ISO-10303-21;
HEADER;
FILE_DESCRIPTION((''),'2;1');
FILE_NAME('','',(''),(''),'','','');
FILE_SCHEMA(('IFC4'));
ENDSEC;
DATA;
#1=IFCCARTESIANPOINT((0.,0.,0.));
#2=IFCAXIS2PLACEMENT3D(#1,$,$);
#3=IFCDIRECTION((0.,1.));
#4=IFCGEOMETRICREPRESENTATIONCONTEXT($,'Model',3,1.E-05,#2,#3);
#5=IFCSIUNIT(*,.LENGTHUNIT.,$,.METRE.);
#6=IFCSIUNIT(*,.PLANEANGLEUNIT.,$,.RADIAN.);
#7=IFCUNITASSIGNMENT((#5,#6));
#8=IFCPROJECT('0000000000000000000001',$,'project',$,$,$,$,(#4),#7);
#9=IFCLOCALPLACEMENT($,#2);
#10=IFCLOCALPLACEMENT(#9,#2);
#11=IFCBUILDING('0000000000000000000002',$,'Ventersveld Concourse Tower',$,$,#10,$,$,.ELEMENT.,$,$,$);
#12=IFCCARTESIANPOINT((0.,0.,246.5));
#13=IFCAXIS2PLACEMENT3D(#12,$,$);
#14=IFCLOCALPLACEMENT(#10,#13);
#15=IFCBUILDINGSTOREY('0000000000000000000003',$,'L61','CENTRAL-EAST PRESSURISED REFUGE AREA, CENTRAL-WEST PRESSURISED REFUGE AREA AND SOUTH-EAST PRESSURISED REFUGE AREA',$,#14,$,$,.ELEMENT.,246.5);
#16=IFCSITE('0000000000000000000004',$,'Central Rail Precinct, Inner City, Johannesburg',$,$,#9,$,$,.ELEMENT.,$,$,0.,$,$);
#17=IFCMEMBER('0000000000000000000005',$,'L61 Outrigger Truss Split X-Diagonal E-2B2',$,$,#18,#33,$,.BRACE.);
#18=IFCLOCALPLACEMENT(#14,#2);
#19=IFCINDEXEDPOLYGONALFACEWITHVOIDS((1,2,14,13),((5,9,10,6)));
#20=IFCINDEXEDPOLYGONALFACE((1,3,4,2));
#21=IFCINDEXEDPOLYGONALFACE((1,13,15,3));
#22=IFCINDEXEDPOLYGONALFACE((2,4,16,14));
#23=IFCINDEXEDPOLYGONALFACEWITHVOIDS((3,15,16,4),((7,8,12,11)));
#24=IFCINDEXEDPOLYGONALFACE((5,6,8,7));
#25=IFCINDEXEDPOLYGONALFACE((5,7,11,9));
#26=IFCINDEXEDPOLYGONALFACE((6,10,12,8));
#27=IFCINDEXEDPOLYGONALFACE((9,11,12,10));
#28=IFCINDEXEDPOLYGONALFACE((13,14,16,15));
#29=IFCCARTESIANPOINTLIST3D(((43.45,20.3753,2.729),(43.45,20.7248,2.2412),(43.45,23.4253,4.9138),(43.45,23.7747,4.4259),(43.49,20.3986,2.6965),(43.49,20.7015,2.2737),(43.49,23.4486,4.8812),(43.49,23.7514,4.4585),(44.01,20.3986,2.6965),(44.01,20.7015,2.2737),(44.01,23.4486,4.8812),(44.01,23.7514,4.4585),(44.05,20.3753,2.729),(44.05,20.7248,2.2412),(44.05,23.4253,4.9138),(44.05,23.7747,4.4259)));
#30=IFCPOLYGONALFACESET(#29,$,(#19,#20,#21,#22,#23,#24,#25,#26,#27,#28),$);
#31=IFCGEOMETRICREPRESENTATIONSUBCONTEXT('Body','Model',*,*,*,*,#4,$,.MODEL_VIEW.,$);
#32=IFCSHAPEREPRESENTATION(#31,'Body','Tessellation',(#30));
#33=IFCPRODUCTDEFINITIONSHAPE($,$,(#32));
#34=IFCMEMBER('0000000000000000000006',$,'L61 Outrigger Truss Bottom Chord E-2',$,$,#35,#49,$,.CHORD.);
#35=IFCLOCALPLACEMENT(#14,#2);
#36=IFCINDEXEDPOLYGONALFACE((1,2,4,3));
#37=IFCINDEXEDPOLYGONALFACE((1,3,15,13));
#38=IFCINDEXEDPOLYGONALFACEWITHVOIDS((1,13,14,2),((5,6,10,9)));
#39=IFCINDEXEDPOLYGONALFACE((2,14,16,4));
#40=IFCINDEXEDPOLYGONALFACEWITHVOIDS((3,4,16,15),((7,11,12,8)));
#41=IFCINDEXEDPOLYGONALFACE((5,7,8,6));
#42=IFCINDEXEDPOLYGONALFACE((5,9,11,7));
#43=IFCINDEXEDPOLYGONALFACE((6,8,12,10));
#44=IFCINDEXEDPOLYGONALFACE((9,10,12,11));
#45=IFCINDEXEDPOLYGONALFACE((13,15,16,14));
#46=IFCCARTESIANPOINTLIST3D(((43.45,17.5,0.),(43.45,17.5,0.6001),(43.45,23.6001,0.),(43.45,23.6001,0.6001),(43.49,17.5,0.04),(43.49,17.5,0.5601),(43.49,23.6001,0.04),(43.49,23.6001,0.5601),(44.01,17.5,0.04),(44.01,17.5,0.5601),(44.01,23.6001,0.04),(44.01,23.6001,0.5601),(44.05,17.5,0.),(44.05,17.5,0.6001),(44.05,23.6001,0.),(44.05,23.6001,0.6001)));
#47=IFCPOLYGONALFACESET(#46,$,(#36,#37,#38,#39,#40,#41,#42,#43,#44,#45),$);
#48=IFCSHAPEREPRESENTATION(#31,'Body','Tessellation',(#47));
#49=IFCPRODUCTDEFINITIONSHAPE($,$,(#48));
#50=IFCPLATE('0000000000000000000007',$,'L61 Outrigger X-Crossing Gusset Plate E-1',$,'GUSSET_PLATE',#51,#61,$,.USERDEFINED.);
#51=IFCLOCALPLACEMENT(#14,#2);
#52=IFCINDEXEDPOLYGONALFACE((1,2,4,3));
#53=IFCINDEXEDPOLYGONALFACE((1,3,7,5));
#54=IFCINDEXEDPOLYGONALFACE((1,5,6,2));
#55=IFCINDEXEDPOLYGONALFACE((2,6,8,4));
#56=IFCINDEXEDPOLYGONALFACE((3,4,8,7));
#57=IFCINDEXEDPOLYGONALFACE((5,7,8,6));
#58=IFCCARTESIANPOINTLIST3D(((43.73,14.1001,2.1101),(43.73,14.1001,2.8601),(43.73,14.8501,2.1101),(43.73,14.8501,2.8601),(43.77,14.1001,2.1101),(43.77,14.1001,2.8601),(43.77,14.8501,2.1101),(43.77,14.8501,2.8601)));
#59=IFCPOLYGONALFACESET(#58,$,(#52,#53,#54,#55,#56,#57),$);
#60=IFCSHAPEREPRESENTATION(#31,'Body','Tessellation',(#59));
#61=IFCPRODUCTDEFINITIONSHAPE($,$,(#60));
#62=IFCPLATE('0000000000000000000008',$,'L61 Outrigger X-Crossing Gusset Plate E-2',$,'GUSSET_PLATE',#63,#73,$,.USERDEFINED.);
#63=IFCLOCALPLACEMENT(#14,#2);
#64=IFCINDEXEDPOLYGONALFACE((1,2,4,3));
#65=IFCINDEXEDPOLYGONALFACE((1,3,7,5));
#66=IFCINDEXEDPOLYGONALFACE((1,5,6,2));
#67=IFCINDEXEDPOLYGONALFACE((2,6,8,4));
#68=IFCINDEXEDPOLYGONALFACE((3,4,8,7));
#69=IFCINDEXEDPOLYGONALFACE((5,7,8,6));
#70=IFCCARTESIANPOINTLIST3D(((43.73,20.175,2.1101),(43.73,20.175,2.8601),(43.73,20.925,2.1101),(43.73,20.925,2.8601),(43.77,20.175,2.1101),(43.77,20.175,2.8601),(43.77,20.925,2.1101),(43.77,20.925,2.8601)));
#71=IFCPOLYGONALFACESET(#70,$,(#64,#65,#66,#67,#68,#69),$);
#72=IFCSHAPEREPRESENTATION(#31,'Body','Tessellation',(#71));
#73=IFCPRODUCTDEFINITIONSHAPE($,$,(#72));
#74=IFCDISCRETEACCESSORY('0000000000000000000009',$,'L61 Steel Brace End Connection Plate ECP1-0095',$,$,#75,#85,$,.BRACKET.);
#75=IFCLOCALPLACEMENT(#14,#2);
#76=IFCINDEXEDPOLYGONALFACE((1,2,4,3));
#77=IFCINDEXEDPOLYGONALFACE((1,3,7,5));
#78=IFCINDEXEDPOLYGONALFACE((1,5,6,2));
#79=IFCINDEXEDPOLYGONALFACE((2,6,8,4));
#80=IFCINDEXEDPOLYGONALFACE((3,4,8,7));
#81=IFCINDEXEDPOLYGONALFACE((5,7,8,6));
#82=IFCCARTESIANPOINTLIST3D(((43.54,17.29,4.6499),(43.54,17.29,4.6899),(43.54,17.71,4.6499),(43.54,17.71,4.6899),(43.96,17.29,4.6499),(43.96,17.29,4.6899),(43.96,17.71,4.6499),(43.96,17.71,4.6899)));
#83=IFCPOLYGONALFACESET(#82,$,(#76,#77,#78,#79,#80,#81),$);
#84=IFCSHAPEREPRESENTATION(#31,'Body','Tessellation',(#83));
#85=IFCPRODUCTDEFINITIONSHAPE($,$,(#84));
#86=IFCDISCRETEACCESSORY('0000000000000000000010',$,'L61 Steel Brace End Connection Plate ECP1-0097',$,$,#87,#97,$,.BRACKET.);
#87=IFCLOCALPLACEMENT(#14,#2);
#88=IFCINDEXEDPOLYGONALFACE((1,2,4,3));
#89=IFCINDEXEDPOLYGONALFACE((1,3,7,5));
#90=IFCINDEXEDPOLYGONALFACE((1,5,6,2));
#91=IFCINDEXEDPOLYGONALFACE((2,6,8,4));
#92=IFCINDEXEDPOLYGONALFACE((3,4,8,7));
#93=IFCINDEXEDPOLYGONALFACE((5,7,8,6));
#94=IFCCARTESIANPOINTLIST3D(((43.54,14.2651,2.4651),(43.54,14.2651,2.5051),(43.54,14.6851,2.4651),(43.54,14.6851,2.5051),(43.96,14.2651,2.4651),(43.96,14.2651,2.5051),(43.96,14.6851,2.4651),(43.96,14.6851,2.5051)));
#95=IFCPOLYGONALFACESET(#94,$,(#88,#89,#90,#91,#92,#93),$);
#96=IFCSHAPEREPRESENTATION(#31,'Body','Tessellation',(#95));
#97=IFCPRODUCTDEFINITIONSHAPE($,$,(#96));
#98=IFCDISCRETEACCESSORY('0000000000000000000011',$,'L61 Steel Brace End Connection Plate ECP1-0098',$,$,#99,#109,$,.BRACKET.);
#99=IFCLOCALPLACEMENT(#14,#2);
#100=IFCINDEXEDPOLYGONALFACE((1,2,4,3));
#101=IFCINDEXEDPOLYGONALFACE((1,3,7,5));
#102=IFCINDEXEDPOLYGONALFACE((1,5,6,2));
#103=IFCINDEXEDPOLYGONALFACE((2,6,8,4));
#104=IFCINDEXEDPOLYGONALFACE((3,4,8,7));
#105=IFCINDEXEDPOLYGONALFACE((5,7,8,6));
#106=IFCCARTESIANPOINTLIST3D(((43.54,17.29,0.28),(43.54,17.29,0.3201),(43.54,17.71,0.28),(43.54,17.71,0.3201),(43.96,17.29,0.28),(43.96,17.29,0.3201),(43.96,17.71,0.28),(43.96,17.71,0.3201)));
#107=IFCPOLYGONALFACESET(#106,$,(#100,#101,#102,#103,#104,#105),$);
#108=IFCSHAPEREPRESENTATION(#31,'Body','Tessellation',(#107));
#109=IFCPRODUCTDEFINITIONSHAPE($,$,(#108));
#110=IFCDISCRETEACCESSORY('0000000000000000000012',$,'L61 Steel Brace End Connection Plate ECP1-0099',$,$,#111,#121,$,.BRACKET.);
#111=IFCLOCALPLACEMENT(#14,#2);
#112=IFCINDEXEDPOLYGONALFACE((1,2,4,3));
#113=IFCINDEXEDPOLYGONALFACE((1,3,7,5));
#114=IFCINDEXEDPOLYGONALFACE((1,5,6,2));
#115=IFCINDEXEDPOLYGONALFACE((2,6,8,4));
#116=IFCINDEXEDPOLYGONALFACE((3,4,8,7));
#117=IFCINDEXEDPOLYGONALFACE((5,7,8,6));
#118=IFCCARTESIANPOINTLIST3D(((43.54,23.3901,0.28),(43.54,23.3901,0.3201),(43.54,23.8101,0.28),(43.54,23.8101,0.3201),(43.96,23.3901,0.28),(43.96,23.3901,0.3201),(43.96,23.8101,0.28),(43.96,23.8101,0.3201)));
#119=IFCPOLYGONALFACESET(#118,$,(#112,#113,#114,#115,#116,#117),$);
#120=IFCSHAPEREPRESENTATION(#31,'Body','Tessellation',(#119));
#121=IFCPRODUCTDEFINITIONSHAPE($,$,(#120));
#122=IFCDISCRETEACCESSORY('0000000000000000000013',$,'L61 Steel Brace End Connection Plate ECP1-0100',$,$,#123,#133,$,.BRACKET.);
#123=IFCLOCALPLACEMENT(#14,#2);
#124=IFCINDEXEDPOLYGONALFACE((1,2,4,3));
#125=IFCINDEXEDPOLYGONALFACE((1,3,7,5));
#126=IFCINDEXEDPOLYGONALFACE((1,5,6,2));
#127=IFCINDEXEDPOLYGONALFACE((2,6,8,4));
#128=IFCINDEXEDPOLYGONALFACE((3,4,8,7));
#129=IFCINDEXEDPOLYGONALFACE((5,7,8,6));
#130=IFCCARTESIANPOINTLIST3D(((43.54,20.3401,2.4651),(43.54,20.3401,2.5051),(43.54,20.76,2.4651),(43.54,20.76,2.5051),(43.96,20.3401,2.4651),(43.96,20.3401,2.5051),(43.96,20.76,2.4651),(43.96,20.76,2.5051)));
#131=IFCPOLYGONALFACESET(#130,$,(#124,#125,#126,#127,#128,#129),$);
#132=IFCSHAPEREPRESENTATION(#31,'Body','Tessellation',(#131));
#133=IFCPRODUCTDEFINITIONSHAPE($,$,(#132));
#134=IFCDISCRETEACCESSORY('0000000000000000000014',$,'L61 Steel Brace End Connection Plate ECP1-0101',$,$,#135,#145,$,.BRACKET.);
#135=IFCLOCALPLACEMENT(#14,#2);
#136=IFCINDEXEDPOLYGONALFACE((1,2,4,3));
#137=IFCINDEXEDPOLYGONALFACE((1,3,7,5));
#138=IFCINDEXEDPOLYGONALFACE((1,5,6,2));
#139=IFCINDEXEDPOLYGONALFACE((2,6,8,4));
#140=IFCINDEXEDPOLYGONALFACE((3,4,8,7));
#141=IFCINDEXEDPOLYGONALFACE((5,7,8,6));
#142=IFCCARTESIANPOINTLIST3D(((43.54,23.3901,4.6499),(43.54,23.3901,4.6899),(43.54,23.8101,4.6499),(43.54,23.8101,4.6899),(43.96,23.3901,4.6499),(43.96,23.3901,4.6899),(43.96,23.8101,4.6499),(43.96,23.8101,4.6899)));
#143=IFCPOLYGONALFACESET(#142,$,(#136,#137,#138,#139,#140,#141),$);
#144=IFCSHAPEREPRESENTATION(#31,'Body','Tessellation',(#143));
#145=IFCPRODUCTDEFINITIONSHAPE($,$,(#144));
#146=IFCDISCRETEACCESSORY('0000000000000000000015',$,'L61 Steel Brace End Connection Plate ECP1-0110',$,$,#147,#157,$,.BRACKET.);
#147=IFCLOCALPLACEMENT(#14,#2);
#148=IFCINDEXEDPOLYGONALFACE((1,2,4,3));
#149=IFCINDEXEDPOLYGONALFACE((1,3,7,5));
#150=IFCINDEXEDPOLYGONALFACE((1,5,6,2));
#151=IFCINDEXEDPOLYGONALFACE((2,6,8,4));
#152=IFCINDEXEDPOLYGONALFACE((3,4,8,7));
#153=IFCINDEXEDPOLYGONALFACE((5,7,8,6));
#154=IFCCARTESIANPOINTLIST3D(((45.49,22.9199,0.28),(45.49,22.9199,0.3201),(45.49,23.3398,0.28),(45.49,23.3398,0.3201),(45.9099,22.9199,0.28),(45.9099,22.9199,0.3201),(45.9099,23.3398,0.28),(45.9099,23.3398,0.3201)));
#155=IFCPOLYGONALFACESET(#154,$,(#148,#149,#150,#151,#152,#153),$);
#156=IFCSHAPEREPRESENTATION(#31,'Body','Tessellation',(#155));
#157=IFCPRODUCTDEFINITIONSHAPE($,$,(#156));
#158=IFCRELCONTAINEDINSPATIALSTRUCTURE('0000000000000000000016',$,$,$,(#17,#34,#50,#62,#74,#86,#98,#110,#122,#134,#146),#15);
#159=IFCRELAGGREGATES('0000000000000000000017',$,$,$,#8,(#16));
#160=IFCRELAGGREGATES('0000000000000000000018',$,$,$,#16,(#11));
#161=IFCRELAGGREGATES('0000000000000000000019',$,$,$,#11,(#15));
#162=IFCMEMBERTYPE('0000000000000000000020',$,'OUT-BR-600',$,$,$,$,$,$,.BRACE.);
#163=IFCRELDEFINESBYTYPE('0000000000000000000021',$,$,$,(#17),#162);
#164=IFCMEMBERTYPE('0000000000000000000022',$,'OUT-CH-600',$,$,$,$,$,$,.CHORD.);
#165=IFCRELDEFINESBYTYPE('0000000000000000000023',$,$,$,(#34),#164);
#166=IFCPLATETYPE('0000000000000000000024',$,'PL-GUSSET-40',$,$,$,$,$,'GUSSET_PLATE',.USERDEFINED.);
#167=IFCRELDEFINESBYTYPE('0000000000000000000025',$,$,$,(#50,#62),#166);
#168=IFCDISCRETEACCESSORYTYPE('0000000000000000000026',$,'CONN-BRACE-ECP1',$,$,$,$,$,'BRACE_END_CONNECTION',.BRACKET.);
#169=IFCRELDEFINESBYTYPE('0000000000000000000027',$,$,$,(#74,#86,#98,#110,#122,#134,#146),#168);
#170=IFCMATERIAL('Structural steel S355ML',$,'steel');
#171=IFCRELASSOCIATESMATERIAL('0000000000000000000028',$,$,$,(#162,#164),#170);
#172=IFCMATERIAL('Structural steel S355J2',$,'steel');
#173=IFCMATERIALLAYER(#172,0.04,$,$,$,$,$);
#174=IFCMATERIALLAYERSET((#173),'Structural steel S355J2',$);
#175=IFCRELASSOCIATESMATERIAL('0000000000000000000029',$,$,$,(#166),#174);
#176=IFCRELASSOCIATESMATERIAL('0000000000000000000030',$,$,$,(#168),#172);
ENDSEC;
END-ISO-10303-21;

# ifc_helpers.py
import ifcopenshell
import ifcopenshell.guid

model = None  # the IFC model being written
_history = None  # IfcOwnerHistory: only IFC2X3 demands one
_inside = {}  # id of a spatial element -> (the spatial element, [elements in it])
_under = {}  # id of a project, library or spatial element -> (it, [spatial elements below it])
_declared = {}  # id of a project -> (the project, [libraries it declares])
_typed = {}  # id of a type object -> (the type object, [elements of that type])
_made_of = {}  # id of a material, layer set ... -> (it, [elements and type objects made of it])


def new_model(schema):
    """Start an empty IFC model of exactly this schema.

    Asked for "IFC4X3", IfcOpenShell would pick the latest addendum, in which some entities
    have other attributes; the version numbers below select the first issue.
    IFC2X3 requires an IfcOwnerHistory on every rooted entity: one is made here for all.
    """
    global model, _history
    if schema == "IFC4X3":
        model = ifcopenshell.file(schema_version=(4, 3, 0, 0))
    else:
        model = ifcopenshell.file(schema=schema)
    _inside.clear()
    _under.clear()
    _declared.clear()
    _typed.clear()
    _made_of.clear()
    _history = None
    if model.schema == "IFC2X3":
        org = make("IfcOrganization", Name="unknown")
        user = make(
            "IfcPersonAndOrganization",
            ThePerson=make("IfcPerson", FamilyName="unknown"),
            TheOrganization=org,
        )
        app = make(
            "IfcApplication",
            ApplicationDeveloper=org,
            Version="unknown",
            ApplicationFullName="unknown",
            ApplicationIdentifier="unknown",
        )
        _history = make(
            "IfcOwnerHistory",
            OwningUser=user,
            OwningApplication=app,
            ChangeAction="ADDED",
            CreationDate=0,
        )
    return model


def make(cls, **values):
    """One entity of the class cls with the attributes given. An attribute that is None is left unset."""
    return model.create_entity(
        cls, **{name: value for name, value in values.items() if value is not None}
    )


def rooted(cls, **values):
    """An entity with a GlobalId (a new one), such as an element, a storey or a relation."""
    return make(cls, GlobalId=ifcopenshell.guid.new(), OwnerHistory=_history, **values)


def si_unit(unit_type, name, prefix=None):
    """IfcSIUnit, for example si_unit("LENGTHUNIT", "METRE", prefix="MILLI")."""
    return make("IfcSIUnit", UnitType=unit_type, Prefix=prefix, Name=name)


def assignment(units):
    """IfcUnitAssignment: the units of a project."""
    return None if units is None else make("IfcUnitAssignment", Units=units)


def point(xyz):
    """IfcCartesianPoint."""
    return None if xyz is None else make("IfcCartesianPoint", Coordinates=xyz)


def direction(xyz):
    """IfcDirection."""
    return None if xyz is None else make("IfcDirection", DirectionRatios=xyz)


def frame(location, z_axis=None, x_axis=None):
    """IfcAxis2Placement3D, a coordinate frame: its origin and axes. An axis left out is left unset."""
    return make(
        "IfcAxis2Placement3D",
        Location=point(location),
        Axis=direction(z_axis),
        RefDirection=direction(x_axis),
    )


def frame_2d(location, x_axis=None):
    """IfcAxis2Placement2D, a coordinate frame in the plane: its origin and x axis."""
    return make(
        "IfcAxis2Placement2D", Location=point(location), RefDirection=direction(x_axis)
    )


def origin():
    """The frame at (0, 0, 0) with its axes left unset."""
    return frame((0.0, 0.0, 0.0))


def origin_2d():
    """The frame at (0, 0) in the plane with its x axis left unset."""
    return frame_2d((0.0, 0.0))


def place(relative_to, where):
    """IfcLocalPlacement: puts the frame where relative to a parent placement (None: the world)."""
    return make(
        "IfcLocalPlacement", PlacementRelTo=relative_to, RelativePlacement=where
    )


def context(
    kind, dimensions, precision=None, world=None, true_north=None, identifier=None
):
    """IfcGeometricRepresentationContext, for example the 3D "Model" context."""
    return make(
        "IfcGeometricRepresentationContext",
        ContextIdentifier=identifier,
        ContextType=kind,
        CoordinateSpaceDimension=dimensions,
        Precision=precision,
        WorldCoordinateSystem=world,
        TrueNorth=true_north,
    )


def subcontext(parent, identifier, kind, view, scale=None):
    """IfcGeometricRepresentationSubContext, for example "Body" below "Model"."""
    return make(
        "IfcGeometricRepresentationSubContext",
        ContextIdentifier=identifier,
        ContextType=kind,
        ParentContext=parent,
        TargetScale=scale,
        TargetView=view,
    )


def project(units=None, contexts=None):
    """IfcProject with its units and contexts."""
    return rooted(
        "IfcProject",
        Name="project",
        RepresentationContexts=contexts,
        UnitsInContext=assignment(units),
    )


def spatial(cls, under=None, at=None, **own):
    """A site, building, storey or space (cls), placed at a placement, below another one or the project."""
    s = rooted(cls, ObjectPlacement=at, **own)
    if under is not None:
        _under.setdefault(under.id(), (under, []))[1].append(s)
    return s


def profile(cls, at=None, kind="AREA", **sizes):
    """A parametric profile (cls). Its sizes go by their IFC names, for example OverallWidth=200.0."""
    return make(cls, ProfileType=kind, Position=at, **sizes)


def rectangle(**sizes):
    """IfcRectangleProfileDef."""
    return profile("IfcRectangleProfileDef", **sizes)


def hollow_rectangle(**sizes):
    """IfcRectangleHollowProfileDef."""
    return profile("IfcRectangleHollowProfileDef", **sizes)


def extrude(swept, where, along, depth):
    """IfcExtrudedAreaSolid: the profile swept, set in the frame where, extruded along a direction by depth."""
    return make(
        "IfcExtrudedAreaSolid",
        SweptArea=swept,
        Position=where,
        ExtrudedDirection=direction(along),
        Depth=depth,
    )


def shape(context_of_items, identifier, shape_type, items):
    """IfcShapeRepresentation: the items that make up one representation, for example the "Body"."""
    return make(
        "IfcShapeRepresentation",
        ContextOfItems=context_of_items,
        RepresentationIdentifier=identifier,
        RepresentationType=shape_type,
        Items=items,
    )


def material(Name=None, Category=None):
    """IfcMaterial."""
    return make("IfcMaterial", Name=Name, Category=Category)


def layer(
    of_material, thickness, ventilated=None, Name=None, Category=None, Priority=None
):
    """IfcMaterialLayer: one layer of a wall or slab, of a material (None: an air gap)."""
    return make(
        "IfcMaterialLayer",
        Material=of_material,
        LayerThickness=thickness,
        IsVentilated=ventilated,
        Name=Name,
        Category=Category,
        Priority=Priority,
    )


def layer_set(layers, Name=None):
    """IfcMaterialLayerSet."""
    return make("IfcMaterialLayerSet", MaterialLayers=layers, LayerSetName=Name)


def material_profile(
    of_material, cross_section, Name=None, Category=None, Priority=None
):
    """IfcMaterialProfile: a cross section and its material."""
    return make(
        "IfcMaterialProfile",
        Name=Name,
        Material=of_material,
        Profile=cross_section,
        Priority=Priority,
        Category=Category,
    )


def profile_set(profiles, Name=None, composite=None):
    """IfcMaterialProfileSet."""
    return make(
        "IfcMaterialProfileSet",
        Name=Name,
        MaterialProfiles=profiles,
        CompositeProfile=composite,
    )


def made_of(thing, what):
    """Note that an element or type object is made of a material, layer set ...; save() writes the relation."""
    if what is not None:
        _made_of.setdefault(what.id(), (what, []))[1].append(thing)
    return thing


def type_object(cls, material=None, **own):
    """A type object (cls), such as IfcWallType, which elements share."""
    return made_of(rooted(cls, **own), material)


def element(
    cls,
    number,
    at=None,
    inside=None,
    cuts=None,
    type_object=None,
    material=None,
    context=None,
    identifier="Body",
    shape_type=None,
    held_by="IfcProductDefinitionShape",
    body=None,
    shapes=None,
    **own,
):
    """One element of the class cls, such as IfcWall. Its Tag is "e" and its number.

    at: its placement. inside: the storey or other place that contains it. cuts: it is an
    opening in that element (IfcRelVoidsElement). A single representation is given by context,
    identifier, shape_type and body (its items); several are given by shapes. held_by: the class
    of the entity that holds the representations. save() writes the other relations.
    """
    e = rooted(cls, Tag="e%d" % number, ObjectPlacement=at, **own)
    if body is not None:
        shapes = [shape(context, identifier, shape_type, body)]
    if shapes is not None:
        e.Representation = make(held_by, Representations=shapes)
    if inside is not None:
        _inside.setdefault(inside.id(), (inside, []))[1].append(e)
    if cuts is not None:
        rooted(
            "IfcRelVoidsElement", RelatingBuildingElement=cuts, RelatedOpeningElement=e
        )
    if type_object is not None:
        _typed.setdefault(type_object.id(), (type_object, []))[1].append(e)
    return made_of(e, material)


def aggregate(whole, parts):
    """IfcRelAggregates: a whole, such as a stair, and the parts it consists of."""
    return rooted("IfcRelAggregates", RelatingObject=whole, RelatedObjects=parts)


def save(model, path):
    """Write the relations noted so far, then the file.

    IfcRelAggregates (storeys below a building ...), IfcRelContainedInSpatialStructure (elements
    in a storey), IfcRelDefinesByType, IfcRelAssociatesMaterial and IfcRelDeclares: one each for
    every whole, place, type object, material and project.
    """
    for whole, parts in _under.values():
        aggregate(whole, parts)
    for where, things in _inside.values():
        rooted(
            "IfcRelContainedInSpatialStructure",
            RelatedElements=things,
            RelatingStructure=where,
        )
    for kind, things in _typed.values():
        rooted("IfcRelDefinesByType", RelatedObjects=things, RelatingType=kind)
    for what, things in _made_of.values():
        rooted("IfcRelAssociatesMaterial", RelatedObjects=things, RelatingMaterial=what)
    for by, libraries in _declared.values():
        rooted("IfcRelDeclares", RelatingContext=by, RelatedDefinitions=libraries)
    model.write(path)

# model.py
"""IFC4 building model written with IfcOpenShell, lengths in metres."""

from ifc_helpers import new_model, si_unit, direction, frame, origin, origin_2d, place, context, subcontext, project, spatial, rectangle, hollow_rectangle, extrude, material, layer, layer_set, material_profile, profile_set, type_object, element, save


model = new_model("IFC4")

# Units and contexts
model_context = context("Model", 3, precision=1e-05, world=origin(), true_north=direction((0.0, 1.0)))
body_context = subcontext(model_context, "Body", "Model", "MODEL_VIEW")
ifc_project = project(units=[si_unit("LENGTHUNIT", "METRE"), si_unit("PLANEANGLEUNIT", "RADIAN")], contexts=[model_context])

# Site, building, storey
site_placement = place(None, origin())
site = spatial("IfcSite", under=ifc_project, at=site_placement, Name="Central Rail Precinct, Inner City, Johannesburg", CompositionType="ELEMENT", RefElevation=0.0)
building_placement = place(site_placement, origin())
building = spatial("IfcBuilding", under=site, at=building_placement, Name="Ventersveld Concourse Tower", CompositionType="ELEMENT")
storey_placement = place(building_placement, frame((0.0, 0.0, 246.5)))
storey = spatial("IfcBuildingStorey", under=building, at=storey_placement, Name="L61", Description="CENTRAL-EAST PRESSURISED REFUGE AREA, CENTRAL-WEST PRESSURISED REFUGE AREA AND SOUTH-EAST PRESSURISED REFUGE AREA", CompositionType="ELEMENT", Elevation=246.5)

# Shared definitions
ifc_material_1 = material(Name="Structural steel S355ML", Category="steel")

# Shared definitions
ifc_material_2 = material(Name="Structural steel S355J2", Category="steel")

# Members
ifc_material_profile_1 = material_profile(ifc_material_1, hollow_rectangle(XDim=0.6001, YDim=0.6001, WallThickness=0.04, at=origin_2d()), Name="BOX 600x600x40")
ifc_profile_set_1 = profile_set([ifc_material_profile_1], Name="Structural steel S355ML")
member_type_1 = type_object("IfcMemberType", Name="OUT-BR-600", PredefinedType="BRACE", material=ifc_profile_set_1)
member_1_placement = place(storey_placement, frame((43.75, 20.55, 2.4851), z_axis=(0.0, 0.81295, 0.582333), x_axis=(-1.0, 0.0, 0.0)))
element("IfcMember", 1, at=member_1_placement, inside=storey, type_object=member_type_1, Name="L61 Outrigger Truss Split X-Diagonal E-2B2", PredefinedType="BRACE", context=body_context, shape_type="SweptSolid", body=[
    extrude(hollow_rectangle(XDim=0.6001, YDim=0.6001, WallThickness=0.04, at=origin_2d()), origin(), (0.0, 0.0, 1.0), 3.7517),
])
ifc_material_profile_2 = material_profile(ifc_material_1, hollow_rectangle(XDim=0.6001, YDim=0.6001, WallThickness=0.04, at=origin_2d()), Name="BOX 600x600x40")
ifc_profile_set_2 = profile_set([ifc_material_profile_2], Name="Structural steel S355ML")
member_type_2 = type_object("IfcMemberType", Name="OUT-CH-600", PredefinedType="CHORD", material=ifc_profile_set_2)
member_2_placement = place(storey_placement, frame((43.75, 17.5, 0.3), z_axis=(0.0, 1.0, 0.0), x_axis=(-1.0, 0.0, 0.0)))
element("IfcMember", 2, at=member_2_placement, inside=storey, type_object=member_type_2, Name="L61 Outrigger Truss Bottom Chord E-2", PredefinedType="CHORD", context=body_context, shape_type="SweptSolid", body=[
    extrude(hollow_rectangle(XDim=0.6001, YDim=0.6001, WallThickness=0.04, at=origin_2d()), origin(), (0.0, 0.0, 1.0), 6.1001),
])

# Plates
ifc_layer = layer(ifc_material_2, 0.04)
ifc_layer_set = layer_set([ifc_layer], Name="Structural steel S355J2")
plate_type = type_object("IfcPlateType", Name="PL-GUSSET-40", ElementType="GUSSET_PLATE", PredefinedType="USERDEFINED", material=ifc_layer_set)
for number, where, z_axis, x_axis, name in (
    (3, (43.75, 14.4751, 2.1101), (0.0, 0.0, 1.0), (1.0, 0.0, 0.0), "L61 Outrigger X-Crossing Gusset Plate E-1"),
    (4, (43.75, 20.55, 2.1101), (0.0, 0.0, 1.0), (1.0, 0.0, 0.0), "L61 Outrigger X-Crossing Gusset Plate E-2"),
):
    element("IfcPlate", number, at=place(storey_placement, frame(where, z_axis=z_axis, x_axis=x_axis)), inside=storey, type_object=plate_type, Name=name, ObjectType="GUSSET_PLATE", PredefinedType="USERDEFINED", context=body_context, shape_type="SweptSolid", body=[
        extrude(rectangle(XDim=0.04, YDim=0.75, at=origin_2d()), origin(), (0.0, 0.0, 1.0), 0.75),
    ])

# Discrete accessories
discrete_accessory_type = type_object("IfcDiscreteAccessoryType", Name="CONN-BRACE-ECP1", ElementType="BRACE_END_CONNECTION", PredefinedType="BRACKET", material=ifc_material_2)
for number, where, z_axis, x_axis, name in (
    (5, (43.75, 17.5, 4.6499), (0.0, 0.0, 1.0), (1.0, 0.0, 0.0), "L61 Steel Brace End Connection Plate ECP1-0095"),
    (6, (43.75, 14.4751, 2.4651), (0.0, 0.0, 1.0), (1.0, 0.0, 0.0), "L61 Steel Brace End Connection Plate ECP1-0097"),
    (7, (43.75, 17.5, 0.28), (0.0, 0.0, 1.0), (1.0, 0.0, 0.0), "L61 Steel Brace End Connection Plate ECP1-0098"),
    (8, (43.75, 23.6001, 0.28), (0.0, 0.0, 1.0), (1.0, 0.0, 0.0), "L61 Steel Brace End Connection Plate ECP1-0099"),
    (9, (43.75, 20.55, 2.4651), (0.0, 0.0, 1.0), (1.0, 0.0, 0.0), "L61 Steel Brace End Connection Plate ECP1-0100"),
    (10, (43.75, 23.6001, 4.6499), (0.0, 0.0, 1.0), (1.0, 0.0, 0.0), "L61 Steel Brace End Connection Plate ECP1-0101"),
    (11, (45.7, 23.1299, 0.28), (0.0, 0.0, 1.0), (1.0, 0.0, 0.0), "L61 Steel Brace End Connection Plate ECP1-0110"),
):
    element("IfcDiscreteAccessory", number, at=place(storey_placement, frame(where, z_axis=z_axis, x_axis=x_axis)), inside=storey, type_object=discrete_accessory_type, Name=name, PredefinedType="BRACKET", context=body_context, shape_type="SweptSolid", body=[
        extrude(rectangle(XDim=0.4199, YDim=0.4199, at=origin_2d()), origin(), (0.0, 0.0, 1.0), 0.04),
    ])

save(model, "model.ifc")
